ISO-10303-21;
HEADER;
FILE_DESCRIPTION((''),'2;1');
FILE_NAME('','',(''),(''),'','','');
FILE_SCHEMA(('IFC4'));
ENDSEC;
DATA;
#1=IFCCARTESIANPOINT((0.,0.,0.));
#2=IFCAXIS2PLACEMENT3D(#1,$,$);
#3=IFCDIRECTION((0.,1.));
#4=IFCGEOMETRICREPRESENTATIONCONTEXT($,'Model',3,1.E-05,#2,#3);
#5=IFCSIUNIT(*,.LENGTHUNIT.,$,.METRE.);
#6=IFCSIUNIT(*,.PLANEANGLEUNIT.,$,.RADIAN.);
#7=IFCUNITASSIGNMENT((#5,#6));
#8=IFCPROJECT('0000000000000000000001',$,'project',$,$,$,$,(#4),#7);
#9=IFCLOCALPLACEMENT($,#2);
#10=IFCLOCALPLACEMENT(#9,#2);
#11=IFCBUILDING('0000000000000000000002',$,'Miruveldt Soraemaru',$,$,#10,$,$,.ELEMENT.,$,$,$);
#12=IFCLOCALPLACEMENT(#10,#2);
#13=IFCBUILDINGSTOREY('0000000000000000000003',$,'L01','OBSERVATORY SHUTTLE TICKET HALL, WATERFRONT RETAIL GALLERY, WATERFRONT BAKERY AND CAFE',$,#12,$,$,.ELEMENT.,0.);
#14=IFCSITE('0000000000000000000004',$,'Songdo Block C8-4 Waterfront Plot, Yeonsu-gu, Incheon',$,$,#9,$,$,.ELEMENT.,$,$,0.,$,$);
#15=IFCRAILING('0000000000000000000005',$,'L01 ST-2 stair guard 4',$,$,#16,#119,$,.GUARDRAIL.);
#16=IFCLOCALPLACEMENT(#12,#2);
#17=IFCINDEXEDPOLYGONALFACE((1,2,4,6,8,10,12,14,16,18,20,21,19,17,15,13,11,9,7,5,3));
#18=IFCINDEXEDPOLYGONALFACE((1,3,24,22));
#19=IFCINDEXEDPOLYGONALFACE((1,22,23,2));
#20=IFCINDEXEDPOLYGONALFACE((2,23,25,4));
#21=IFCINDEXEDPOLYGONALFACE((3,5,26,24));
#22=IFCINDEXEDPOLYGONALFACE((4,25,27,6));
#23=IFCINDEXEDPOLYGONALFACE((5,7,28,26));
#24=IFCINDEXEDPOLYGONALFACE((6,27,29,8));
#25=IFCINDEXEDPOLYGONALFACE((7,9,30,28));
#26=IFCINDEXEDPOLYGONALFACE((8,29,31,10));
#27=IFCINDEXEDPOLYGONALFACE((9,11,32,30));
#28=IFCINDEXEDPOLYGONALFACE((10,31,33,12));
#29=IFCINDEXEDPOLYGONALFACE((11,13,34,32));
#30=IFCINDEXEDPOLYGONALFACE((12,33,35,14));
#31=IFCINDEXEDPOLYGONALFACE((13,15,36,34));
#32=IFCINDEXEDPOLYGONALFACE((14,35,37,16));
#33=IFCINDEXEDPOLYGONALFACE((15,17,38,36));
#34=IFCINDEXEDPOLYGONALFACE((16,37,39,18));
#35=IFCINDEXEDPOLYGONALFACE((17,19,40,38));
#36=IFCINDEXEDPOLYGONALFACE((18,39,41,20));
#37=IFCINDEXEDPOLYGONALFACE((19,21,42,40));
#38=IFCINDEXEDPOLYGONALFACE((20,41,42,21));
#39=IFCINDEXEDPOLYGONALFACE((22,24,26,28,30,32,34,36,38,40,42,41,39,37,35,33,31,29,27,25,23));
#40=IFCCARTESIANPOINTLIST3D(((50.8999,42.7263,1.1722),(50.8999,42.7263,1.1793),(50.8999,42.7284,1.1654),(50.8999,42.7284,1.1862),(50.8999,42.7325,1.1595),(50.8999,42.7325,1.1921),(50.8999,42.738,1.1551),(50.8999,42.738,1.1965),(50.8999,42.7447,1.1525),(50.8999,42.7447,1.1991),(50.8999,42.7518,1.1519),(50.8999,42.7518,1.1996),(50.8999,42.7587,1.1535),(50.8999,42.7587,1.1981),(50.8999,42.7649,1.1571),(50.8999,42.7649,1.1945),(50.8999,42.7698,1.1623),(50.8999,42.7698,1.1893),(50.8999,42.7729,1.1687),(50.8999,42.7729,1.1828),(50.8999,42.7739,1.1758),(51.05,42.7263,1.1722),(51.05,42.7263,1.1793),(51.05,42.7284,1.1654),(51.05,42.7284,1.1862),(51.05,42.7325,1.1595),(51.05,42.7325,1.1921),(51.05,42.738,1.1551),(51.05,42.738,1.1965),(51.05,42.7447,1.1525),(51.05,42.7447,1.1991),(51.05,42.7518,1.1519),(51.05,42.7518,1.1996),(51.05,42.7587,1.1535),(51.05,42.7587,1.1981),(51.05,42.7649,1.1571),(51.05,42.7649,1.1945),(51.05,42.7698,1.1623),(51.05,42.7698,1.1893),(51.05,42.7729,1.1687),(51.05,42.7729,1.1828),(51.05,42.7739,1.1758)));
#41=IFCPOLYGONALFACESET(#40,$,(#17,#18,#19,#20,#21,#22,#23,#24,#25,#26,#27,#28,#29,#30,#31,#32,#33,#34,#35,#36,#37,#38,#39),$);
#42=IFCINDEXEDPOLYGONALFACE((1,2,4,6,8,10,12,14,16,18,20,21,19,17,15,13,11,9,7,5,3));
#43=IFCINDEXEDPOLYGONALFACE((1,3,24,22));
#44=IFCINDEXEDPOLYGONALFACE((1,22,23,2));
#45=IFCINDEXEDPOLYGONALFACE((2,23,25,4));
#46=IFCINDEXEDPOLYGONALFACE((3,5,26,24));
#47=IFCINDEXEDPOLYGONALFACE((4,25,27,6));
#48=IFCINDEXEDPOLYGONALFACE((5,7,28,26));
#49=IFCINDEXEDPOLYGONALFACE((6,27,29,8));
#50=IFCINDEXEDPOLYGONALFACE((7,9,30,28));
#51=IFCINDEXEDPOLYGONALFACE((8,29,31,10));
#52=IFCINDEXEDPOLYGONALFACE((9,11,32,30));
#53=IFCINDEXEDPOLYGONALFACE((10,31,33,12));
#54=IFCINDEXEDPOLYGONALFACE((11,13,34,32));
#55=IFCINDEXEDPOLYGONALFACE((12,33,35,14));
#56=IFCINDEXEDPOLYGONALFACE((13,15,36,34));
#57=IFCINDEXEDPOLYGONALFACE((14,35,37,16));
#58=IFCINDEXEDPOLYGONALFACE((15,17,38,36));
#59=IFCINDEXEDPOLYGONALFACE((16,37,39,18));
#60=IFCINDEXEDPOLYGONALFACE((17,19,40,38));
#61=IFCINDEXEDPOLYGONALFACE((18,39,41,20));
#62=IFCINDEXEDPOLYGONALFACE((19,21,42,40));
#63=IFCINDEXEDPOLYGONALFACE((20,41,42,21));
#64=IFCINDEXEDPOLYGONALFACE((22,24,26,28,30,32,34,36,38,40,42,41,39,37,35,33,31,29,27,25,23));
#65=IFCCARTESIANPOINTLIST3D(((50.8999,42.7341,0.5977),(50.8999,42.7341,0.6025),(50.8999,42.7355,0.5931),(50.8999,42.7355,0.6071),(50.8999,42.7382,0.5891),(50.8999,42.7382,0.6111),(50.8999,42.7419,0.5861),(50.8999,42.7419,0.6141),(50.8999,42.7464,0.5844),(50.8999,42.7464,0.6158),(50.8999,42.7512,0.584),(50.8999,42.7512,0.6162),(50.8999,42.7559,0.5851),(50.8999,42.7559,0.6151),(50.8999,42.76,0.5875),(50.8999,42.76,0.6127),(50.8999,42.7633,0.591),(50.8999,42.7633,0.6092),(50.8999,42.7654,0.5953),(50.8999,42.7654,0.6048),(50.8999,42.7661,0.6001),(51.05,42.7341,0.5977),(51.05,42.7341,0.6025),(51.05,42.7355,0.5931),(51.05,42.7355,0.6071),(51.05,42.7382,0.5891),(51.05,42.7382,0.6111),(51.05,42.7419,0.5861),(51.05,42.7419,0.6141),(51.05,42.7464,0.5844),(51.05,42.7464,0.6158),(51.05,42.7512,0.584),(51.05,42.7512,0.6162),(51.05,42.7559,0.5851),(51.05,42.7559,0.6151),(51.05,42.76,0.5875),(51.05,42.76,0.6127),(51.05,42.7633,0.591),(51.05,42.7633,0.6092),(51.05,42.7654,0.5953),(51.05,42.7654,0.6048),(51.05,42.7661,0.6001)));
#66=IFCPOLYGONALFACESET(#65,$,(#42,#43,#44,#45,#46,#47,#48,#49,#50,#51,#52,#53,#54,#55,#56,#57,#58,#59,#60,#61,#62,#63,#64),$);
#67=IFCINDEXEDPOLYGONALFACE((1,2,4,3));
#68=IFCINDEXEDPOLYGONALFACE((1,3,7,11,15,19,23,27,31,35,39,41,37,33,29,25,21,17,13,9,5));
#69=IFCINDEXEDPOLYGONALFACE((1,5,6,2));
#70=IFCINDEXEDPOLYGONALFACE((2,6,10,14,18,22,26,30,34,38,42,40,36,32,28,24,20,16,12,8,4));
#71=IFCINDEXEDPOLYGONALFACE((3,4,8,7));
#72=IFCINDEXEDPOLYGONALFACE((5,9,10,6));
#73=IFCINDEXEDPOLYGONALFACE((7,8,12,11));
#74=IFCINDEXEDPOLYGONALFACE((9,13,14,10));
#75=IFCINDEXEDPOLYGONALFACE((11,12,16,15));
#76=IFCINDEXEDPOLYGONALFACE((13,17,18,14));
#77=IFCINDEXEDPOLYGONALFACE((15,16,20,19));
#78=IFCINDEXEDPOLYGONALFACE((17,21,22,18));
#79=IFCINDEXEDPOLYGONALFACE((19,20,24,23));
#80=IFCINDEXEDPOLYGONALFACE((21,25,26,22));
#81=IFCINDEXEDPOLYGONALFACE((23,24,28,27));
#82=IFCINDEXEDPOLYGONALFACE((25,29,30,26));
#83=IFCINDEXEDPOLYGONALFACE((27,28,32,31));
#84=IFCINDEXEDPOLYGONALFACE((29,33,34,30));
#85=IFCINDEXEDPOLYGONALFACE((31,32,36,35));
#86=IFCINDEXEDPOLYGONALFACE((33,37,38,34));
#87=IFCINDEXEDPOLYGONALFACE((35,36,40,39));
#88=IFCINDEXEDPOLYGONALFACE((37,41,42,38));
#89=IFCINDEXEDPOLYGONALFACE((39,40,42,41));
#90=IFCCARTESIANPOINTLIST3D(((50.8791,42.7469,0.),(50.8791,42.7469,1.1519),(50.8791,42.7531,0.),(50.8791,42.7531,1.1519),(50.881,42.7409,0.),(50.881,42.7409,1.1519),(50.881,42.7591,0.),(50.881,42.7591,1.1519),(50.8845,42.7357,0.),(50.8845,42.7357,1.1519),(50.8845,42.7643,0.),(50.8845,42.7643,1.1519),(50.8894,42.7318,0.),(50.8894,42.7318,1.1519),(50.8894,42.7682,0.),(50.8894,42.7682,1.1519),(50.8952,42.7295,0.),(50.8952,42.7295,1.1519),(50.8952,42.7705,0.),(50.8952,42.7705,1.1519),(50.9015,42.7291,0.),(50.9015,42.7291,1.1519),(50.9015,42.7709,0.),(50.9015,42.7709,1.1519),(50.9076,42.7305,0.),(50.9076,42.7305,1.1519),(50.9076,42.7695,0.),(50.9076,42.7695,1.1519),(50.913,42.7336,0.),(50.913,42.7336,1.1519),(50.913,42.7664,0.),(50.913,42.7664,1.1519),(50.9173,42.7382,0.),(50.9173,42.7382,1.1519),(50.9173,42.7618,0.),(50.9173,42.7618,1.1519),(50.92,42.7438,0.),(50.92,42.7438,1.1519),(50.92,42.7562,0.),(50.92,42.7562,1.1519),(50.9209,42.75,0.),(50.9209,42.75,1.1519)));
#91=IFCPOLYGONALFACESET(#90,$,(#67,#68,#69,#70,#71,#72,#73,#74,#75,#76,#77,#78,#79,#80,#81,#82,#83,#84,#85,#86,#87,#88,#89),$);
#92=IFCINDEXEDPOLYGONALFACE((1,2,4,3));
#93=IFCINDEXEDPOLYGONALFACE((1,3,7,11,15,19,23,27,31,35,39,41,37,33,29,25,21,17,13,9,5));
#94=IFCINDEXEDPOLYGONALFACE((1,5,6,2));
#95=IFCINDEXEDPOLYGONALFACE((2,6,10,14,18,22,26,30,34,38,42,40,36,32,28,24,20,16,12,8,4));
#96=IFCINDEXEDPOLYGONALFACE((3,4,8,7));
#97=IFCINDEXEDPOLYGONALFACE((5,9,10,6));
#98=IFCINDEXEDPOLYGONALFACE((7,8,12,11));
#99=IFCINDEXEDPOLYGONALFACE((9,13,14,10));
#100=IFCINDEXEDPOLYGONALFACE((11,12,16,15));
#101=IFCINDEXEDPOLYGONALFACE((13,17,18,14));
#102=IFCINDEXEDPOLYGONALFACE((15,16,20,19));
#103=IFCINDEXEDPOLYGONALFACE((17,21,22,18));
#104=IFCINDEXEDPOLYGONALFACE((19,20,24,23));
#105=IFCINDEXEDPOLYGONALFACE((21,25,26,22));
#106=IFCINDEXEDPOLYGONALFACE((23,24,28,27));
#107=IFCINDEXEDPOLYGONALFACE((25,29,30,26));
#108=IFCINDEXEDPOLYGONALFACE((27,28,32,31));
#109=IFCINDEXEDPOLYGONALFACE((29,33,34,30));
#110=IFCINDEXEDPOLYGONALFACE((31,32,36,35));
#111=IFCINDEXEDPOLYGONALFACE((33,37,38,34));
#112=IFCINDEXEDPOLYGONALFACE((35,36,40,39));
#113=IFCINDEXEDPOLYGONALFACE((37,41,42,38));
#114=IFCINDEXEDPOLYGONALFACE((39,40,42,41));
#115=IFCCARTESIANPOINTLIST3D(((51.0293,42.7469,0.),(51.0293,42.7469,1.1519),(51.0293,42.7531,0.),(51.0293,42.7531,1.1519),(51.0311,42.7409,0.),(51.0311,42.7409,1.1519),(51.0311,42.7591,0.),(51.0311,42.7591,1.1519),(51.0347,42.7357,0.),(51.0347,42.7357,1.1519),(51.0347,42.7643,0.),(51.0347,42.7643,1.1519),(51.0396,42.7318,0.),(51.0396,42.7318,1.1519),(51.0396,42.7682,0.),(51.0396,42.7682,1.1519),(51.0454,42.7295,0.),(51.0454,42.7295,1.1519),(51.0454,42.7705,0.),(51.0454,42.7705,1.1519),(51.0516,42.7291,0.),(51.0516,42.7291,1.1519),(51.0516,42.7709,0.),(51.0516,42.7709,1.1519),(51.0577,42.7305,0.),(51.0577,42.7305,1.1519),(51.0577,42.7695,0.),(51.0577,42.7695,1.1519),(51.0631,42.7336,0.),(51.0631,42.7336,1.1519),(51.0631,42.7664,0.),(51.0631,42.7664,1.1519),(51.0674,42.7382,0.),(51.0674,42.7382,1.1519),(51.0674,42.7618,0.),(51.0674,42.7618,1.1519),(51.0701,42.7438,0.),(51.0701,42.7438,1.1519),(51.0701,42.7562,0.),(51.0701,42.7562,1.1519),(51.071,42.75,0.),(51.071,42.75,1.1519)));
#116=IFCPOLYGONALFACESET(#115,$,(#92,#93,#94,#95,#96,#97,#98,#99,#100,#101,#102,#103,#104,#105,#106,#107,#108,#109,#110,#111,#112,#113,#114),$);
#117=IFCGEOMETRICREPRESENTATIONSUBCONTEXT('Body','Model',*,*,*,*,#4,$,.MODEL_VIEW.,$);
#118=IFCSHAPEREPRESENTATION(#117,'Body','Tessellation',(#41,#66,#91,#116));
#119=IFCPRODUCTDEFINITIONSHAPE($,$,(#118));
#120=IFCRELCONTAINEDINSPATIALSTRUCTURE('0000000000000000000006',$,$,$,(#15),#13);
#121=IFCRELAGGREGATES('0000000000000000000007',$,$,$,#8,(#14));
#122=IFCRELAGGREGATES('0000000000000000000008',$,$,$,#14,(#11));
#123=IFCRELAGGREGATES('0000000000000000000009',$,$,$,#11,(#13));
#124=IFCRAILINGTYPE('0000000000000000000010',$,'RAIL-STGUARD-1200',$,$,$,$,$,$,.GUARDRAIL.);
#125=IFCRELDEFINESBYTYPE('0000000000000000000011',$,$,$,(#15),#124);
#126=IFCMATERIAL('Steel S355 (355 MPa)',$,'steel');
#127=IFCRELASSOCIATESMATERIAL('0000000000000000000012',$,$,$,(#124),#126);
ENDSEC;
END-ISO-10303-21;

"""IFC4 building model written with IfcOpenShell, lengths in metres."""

from ifc_helpers import new_model, si_unit, direction, frame, origin, origin_2d, place, context, subcontext, project, spatial, circle, extrude, material, type_object, element, save


model = new_model("IFC4")

# Units and contexts
model_context = context("Model", 3, precision=1e-05, world=origin(), true_north=direction((0.0, 1.0)))
body_context = subcontext(model_context, "Body", "Model", "MODEL_VIEW")
ifc_project = project(units=[si_unit("LENGTHUNIT", "METRE"), si_unit("PLANEANGLEUNIT", "RADIAN")], contexts=[model_context])

# Site, building, storey
site_placement = place(None, origin())
site = spatial("IfcSite", under=ifc_project, at=site_placement, Name="Songdo Block C8-4 Waterfront Plot, Yeonsu-gu, Incheon", CompositionType="ELEMENT", RefElevation=0.0)
building_placement = place(site_placement, origin())
building = spatial("IfcBuilding", under=site, at=building_placement, Name="Miruveldt Soraemaru", CompositionType="ELEMENT")
storey_placement = place(building_placement, origin())
storey = spatial("IfcBuildingStorey", under=building, at=storey_placement, Name="L01", Description="OBSERVATORY SHUTTLE TICKET HALL, WATERFRONT RETAIL GALLERY, WATERFRONT BAKERY AND CAFE", CompositionType="ELEMENT", Elevation=0.0)

# Shared definitions
ifc_material_1 = material(Name="Steel S355 (355 MPa)", Category="steel")

# Railing
railing_type_1 = type_object("IfcRailingType", Name="RAIL-STGUARD-1200", PredefinedType="GUARDRAIL", material=ifc_material_1)
railing_1_placement = place(storey_placement, frame((50.8999, 42.75, 0.0)))
element("IfcRailing", 1, at=railing_1_placement, inside=storey, type_object=railing_type_1, Name="L01 ST-2 stair guard 4", PredefinedType="GUARDRAIL", context=body_context, shape_type="SweptSolid", body=[
    extrude(circle(Radius=0.0239, at=origin_2d()), frame((0.0, 0.0, 1.1758), z_axis=(1.0, 0.0, 0.0), x_axis=(0.0, 1.0, 0.0)), (0.0, 0.0, 1.0), 0.1501),
    extrude(circle(Radius=0.0161, at=origin_2d()), frame((0.0, 0.0, 0.6001), z_axis=(1.0, 0.0, 0.0), x_axis=(0.0, 1.0, 0.0)), (0.0, 0.0, 1.0), 0.1501),
    extrude(circle(Radius=0.021, at=origin_2d()), origin(), (0.0, 0.0, 1.0), 1.1519),
    extrude(circle(Radius=0.021, at=origin_2d()), frame((0.1501, 0.0, 0.0)), (0.0, 0.0, 1.0), 1.1519),
])

save(model, "model.ifc")
